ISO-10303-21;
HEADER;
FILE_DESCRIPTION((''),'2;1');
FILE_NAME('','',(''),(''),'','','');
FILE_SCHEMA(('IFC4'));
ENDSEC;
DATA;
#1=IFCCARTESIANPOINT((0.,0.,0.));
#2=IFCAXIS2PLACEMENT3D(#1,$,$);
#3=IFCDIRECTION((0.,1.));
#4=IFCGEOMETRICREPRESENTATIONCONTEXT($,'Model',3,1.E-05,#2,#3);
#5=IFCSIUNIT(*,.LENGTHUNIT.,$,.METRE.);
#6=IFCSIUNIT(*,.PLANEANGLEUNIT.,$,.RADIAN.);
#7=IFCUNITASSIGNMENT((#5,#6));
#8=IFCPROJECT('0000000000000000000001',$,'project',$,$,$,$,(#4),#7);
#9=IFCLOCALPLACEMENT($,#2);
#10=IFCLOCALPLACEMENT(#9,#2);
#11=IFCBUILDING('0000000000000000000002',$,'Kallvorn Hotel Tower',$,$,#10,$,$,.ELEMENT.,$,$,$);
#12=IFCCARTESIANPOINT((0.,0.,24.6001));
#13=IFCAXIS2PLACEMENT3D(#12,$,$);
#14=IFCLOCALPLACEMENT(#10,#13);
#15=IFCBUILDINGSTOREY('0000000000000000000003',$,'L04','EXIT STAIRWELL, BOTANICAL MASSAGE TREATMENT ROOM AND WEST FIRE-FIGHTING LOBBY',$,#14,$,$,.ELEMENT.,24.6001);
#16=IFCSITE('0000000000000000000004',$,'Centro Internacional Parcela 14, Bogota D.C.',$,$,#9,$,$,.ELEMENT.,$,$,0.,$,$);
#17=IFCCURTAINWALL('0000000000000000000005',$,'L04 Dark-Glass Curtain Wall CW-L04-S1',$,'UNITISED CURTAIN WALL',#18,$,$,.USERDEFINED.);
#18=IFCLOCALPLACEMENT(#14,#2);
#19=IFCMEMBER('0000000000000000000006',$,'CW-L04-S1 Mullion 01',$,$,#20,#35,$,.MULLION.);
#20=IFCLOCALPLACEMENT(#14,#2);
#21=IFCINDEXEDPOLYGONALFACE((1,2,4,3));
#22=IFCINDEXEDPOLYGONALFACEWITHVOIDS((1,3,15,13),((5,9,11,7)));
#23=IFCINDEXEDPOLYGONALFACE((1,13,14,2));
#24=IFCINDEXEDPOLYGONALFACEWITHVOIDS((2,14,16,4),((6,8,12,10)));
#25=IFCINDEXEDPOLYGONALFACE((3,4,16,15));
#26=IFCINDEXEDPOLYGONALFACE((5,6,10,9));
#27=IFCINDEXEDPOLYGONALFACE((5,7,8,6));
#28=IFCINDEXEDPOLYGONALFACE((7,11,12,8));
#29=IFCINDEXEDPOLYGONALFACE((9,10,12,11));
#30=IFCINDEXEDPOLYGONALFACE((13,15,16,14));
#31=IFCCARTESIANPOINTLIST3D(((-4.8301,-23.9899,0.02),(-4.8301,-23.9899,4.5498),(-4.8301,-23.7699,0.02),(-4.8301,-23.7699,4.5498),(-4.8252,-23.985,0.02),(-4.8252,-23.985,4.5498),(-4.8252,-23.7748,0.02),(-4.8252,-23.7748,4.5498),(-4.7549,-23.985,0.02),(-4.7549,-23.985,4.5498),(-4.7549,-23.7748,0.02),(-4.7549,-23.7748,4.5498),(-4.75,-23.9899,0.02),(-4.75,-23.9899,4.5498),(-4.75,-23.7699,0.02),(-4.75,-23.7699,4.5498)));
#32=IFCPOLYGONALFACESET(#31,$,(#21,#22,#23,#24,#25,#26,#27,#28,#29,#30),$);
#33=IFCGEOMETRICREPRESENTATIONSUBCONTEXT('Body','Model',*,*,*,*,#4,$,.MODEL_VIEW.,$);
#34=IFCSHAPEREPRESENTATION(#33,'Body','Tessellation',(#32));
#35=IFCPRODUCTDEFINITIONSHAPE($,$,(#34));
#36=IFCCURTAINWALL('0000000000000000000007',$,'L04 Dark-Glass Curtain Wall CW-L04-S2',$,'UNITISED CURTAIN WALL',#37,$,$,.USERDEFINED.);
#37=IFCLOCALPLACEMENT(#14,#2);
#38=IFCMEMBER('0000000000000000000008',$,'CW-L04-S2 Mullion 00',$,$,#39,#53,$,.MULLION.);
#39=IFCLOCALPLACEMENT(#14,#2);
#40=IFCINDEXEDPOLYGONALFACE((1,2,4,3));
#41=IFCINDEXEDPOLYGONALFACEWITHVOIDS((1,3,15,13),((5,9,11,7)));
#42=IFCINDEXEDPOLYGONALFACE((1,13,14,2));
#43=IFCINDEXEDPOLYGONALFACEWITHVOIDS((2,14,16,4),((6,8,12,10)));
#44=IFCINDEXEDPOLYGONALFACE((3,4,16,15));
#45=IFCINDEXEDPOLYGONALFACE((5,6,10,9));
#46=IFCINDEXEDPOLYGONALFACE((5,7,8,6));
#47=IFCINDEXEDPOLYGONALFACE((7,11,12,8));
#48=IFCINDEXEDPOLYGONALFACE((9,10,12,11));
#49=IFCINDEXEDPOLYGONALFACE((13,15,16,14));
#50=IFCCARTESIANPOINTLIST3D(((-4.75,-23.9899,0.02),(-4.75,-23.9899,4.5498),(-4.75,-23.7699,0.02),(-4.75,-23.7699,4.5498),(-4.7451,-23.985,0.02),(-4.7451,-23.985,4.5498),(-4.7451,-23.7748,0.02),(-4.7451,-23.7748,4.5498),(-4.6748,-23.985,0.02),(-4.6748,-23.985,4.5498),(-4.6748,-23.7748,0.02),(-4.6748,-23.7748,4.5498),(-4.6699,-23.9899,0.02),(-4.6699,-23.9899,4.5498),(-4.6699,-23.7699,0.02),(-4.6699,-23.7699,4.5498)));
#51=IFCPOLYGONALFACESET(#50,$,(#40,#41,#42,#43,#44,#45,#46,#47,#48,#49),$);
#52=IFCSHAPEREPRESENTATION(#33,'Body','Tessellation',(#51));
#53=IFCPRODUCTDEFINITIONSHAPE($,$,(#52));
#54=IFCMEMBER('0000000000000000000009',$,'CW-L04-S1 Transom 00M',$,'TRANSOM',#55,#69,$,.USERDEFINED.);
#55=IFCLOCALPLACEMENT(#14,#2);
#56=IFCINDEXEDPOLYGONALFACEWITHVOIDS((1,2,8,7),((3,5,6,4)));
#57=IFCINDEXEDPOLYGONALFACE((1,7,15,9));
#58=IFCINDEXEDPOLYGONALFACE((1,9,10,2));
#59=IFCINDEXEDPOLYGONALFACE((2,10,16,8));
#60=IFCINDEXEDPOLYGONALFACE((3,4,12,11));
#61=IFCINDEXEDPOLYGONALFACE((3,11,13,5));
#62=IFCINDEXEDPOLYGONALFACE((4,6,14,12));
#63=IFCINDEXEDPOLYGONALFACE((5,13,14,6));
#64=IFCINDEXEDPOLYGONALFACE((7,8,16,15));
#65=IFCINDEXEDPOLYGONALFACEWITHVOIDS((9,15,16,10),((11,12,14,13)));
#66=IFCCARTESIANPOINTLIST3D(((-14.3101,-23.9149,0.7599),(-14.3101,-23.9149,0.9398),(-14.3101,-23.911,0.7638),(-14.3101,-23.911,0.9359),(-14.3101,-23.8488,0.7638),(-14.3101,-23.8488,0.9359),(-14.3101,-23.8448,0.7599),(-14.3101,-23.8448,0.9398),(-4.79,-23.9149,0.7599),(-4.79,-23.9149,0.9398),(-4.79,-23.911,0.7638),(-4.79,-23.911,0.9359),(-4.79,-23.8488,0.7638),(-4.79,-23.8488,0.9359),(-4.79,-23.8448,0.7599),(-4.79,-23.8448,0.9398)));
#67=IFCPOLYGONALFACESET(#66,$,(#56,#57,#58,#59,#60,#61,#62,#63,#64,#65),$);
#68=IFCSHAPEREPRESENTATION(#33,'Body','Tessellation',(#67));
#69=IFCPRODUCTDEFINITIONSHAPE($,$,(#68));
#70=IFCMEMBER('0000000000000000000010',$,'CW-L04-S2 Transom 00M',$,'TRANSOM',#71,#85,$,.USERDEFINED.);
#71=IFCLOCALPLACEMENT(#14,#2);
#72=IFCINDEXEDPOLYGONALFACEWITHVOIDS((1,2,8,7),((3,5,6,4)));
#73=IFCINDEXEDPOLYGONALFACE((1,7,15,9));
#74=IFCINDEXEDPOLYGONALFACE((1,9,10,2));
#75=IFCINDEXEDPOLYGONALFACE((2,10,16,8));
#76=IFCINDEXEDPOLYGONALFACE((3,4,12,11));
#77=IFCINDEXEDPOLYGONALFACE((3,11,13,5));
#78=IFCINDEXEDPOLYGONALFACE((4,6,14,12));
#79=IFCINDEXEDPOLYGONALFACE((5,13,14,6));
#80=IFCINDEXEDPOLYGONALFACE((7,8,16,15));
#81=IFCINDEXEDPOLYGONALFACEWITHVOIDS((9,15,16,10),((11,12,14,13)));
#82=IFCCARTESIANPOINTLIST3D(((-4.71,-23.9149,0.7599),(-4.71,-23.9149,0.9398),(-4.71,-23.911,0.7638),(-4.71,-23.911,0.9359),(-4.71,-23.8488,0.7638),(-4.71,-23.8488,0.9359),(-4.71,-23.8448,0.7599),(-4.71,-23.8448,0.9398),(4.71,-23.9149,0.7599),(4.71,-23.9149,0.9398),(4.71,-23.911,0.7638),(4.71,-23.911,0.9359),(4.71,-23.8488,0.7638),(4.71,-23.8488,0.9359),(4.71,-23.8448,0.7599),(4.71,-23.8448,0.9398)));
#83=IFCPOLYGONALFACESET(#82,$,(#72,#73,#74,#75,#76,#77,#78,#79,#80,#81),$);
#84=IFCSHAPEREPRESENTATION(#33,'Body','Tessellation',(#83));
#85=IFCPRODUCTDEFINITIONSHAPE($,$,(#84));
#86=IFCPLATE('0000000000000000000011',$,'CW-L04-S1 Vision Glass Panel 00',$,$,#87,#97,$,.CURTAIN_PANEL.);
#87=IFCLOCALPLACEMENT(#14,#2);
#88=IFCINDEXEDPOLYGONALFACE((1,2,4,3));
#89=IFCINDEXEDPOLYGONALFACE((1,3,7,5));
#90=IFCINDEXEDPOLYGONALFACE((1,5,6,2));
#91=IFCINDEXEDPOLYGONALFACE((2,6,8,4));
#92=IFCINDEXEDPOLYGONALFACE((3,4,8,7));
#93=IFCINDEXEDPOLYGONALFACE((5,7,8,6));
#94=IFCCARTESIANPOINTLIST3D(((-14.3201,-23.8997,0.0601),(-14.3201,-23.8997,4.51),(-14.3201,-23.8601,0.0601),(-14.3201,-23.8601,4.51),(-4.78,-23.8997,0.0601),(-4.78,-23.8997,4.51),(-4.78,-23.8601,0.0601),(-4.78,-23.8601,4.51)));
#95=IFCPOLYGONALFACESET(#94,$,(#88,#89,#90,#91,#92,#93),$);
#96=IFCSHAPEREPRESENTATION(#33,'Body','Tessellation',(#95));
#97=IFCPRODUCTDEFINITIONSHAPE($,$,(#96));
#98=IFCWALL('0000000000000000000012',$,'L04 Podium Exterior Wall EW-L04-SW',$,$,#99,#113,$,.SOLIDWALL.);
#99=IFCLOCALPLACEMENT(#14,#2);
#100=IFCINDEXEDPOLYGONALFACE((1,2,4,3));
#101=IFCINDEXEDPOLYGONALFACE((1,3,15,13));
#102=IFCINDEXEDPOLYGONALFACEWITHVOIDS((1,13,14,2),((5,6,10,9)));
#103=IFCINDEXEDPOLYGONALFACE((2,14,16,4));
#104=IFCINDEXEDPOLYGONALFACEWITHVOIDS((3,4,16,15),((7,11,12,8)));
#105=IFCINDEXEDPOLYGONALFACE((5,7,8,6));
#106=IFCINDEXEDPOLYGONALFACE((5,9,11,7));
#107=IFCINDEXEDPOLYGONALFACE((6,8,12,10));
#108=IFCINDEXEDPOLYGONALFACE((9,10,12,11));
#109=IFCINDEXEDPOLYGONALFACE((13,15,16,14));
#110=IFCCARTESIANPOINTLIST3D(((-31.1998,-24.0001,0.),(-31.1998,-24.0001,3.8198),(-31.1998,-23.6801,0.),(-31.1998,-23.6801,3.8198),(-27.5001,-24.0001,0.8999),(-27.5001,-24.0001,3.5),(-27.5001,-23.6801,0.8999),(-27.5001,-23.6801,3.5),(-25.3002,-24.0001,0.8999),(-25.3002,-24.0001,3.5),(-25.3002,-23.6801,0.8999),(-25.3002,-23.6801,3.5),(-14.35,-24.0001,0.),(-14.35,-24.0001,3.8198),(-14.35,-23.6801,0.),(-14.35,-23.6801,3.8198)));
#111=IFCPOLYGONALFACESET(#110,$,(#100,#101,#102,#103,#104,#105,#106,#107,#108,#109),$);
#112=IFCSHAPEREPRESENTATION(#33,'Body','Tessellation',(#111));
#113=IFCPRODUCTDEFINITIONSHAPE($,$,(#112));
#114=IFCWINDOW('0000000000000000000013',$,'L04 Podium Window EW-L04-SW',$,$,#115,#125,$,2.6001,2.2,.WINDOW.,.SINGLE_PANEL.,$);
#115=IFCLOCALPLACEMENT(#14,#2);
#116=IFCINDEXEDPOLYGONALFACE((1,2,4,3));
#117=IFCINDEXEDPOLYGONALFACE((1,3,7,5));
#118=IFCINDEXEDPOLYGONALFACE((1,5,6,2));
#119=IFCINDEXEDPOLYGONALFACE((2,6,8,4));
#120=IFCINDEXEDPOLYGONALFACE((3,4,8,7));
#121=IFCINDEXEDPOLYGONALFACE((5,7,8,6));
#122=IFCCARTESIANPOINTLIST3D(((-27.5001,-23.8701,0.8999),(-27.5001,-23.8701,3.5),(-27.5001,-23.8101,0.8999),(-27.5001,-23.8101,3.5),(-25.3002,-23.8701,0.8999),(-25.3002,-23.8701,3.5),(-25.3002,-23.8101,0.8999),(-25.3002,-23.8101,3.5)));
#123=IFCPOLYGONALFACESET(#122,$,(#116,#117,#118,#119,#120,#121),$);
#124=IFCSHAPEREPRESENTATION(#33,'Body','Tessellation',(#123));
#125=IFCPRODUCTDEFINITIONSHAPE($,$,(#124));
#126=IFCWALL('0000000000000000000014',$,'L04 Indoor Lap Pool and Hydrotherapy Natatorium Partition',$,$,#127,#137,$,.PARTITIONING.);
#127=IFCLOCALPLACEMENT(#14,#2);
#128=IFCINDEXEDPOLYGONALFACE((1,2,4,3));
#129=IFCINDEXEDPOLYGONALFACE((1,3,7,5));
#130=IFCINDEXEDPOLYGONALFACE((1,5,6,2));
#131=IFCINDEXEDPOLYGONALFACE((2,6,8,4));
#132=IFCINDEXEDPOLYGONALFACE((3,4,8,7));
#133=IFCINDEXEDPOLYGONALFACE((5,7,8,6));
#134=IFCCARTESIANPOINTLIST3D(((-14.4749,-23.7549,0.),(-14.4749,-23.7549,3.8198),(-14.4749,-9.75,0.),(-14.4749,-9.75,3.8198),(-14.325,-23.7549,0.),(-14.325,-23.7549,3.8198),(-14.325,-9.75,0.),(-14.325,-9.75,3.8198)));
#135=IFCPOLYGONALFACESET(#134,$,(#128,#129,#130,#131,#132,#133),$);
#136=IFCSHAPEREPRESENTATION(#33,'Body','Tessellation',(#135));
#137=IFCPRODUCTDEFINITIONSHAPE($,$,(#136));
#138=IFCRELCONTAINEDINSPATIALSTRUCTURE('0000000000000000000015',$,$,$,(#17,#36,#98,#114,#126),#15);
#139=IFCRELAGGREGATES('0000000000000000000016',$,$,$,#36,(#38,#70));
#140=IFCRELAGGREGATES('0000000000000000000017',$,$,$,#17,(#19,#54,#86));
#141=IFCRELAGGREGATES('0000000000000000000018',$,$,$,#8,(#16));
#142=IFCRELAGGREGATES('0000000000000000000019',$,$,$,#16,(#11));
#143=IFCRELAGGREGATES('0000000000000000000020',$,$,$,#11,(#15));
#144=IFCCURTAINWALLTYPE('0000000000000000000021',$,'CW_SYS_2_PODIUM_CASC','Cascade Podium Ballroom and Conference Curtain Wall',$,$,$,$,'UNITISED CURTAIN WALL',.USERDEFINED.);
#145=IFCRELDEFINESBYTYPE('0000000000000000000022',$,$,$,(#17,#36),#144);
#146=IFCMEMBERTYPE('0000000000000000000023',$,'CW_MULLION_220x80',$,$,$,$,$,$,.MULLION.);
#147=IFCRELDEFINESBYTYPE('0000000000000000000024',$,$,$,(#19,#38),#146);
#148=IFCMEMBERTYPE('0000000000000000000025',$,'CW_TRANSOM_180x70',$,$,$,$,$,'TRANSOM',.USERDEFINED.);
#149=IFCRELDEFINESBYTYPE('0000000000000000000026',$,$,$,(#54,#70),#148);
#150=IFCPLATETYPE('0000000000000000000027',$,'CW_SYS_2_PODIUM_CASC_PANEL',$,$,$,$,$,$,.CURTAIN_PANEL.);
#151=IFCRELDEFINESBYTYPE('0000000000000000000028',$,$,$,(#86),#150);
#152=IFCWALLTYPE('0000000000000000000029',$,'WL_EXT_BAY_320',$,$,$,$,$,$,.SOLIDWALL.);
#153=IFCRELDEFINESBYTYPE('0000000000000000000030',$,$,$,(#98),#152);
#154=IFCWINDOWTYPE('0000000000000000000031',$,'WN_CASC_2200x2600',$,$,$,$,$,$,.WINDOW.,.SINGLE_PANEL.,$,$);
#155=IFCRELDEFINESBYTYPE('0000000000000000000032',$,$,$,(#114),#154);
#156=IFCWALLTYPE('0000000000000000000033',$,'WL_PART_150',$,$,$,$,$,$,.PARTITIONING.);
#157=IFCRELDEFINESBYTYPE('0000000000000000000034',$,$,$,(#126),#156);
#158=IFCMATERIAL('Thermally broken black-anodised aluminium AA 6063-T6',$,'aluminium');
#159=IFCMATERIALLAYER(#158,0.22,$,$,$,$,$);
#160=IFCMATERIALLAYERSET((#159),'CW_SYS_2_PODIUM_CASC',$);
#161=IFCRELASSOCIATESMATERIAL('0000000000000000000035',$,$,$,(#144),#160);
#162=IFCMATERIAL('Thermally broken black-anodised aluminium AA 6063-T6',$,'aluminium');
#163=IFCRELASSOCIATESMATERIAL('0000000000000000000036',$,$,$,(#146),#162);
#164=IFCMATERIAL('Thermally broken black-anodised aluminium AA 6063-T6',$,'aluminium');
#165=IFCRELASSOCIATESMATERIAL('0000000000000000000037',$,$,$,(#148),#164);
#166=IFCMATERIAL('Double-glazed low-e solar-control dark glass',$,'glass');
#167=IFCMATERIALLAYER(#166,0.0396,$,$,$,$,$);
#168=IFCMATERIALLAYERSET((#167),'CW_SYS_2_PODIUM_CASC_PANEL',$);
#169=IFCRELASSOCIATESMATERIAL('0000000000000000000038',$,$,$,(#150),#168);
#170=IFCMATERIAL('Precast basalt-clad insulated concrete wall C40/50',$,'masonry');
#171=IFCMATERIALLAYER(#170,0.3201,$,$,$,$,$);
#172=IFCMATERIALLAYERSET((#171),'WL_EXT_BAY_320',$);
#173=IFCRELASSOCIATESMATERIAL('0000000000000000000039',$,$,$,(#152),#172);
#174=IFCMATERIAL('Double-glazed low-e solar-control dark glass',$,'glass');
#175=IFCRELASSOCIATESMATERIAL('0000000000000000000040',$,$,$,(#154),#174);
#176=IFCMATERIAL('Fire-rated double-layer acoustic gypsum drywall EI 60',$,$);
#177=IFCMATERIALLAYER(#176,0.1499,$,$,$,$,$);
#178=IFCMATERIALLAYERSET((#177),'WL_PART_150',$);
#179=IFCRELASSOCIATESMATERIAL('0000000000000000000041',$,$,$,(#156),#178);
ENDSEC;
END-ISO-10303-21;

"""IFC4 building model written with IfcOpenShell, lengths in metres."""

from ifc_helpers import new_model, si_unit, direction, frame, frame_2d, origin, origin_2d, place, context, subcontext, project, spatial, rectangle, hollow_rectangle, extrude, material, layer, layer_set, material_profile, profile_set, type_object, element, fill, aggregate, save


model = new_model("IFC4")

# Units and contexts
model_context = context("Model", 3, precision=1e-05, world=origin(), true_north=direction((0.0, 1.0)))
body_context = subcontext(model_context, "Body", "Model", "MODEL_VIEW")
ifc_project = project(units=[si_unit("LENGTHUNIT", "METRE"), si_unit("PLANEANGLEUNIT", "RADIAN")], contexts=[model_context])

# Site, building, storey
site_placement = place(None, origin())
site = spatial("IfcSite", under=ifc_project, at=site_placement, Name="Centro Internacional Parcela 14, Bogota D.C.", CompositionType="ELEMENT", RefElevation=0.0)
building_placement = place(site_placement, origin())
building = spatial("IfcBuilding", under=site, at=building_placement, Name="Kallvorn Hotel Tower", CompositionType="ELEMENT")
storey_placement = place(building_placement, frame((0.0, 0.0, 24.6001)))
storey = spatial("IfcBuildingStorey", under=building, at=storey_placement, Name="L04", Description="EXIT STAIRWELL, BOTANICAL MASSAGE TREATMENT ROOM AND WEST FIRE-FIGHTING LOBBY", CompositionType="ELEMENT", Elevation=24.6001)

# Curtain wall, member
ifc_material_1 = material(Name="Thermally broken black-anodised aluminium AA 6063-T6", Category="aluminium")
ifc_layer_1 = layer(ifc_material_1, 0.22)
ifc_layer_set_1 = layer_set([ifc_layer_1], Name="CW_SYS_2_PODIUM_CASC")
curtain_wall_type = type_object("IfcCurtainWallType", Name="CW_SYS_2_PODIUM_CASC", Description="Cascade Podium Ballroom and Conference Curtain Wall", ElementType="UNITISED CURTAIN WALL", PredefinedType="USERDEFINED", material=ifc_layer_set_1)
curtain_wall_1_placement = place(storey_placement, origin())
curtain_wall_1 = element("IfcCurtainWall", 1, at=curtain_wall_1_placement, inside=storey, type_object=curtain_wall_type, Name="L04 Dark-Glass Curtain Wall CW-L04-S1", ObjectType="UNITISED CURTAIN WALL", PredefinedType="USERDEFINED")
ifc_material_2 = material(Name="Thermally broken black-anodised aluminium AA 6063-T6", Category="aluminium")
ifc_material_profile_1 = material_profile(ifc_material_2, hollow_rectangle(XDim=0.0801, YDim=0.22, WallThickness=0.0049, at=origin_2d()), Name="MUL 220x80")
ifc_profile_set_1 = profile_set([ifc_material_profile_1], Name="Thermally broken black-anodised aluminium AA 6063-T6")
member_type_1 = type_object("IfcMemberType", Name="CW_MULLION_220x80", PredefinedType="MULLION", material=ifc_profile_set_1)
member_1_placement = place(storey_placement, frame((-4.79, -23.8799, 0.02), z_axis=(0.0, 0.0, 1.0), x_axis=(1.0, 0.0, 0.0)))
member_1 = element("IfcMember", 2, at=member_1_placement, type_object=member_type_1, Name="CW-L04-S1 Mullion 01", PredefinedType="MULLION", context=body_context, shape_type="SweptSolid", body=[
    extrude(hollow_rectangle(XDim=0.0801, YDim=0.22, WallThickness=0.0049, at=origin_2d()), origin(), (0.0, 0.0, 1.0), 4.5298),
])

# Curtain wall, member
curtain_wall_2_placement = place(storey_placement, origin())
curtain_wall_2 = element("IfcCurtainWall", 3, at=curtain_wall_2_placement, inside=storey, type_object=curtain_wall_type, Name="L04 Dark-Glass Curtain Wall CW-L04-S2", ObjectType="UNITISED CURTAIN WALL", PredefinedType="USERDEFINED")
member_2_placement = place(storey_placement, frame((-4.71, -23.8799, 0.02), z_axis=(0.0, 0.0, 1.0), x_axis=(1.0, 0.0, 0.0)))
member_2 = element("IfcMember", 4, at=member_2_placement, type_object=member_type_1, Name="CW-L04-S2 Mullion 00", PredefinedType="MULLION", context=body_context, shape_type="SweptSolid", body=[
    extrude(hollow_rectangle(XDim=0.0801, YDim=0.22, WallThickness=0.0049, at=origin_2d()), origin(), (0.0, 0.0, 1.0), 4.5298),
])

# Members
ifc_material_3 = material(Name="Thermally broken black-anodised aluminium AA 6063-T6", Category="aluminium")
ifc_material_profile_2 = material_profile(ifc_material_3, hollow_rectangle(XDim=0.0701, YDim=0.1799, WallThickness=0.0039, at=origin_2d()), Name="TRN 180x70")
ifc_profile_set_2 = profile_set([ifc_material_profile_2], Name="Thermally broken black-anodised aluminium AA 6063-T6")
member_type_2 = type_object("IfcMemberType", Name="CW_TRANSOM_180x70", ElementType="TRANSOM", PredefinedType="USERDEFINED", material=ifc_profile_set_2)
member_3_placement = place(storey_placement, frame((-14.3101, -23.8799, 0.8499), z_axis=(1.0, 0.0, 0.0), x_axis=(0.0, 1.0, 0.0)))
member_3 = element("IfcMember", 5, at=member_3_placement, type_object=member_type_2, Name="CW-L04-S1 Transom 00M", ObjectType="TRANSOM", PredefinedType="USERDEFINED", context=body_context, shape_type="SweptSolid", body=[
    extrude(hollow_rectangle(XDim=0.0701, YDim=0.1799, WallThickness=0.0039, at=origin_2d()), origin(), (0.0, 0.0, 1.0), 9.52),
])
member_4_placement = place(storey_placement, frame((-4.71, -23.8799, 0.8499), z_axis=(1.0, 0.0, 0.0), x_axis=(0.0, 1.0, 0.0)))
member_4 = element("IfcMember", 6, at=member_4_placement, type_object=member_type_2, Name="CW-L04-S2 Transom 00M", ObjectType="TRANSOM", PredefinedType="USERDEFINED", context=body_context, shape_type="SweptSolid", body=[
    extrude(hollow_rectangle(XDim=0.0701, YDim=0.1799, WallThickness=0.0039, at=origin_2d()), origin(), (0.0, 0.0, 1.0), 9.4199),
])
aggregate(curtain_wall_2, [member_2, member_4])

# Plate
ifc_material_4 = material(Name="Double-glazed low-e solar-control dark glass", Category="glass")
ifc_layer_2 = layer(ifc_material_4, 0.0396)
ifc_layer_set_2 = layer_set([ifc_layer_2], Name="CW_SYS_2_PODIUM_CASC_PANEL")
plate_type = type_object("IfcPlateType", Name="CW_SYS_2_PODIUM_CASC_PANEL", PredefinedType="CURTAIN_PANEL", material=ifc_layer_set_2)
plate_placement = place(storey_placement, frame((-9.55, -23.8799, 0.0601), z_axis=(0.0, 0.0, 1.0), x_axis=(1.0, 0.0, 0.0)))
plate = element("IfcPlate", 7, at=plate_placement, type_object=plate_type, Name="CW-L04-S1 Vision Glass Panel 00", PredefinedType="CURTAIN_PANEL", context=body_context, shape_type="SweptSolid", body=[
    extrude(rectangle(XDim=9.54, YDim=0.0396, at=origin_2d()), origin(), (0.0, 0.0, 1.0), 4.45),
])
aggregate(curtain_wall_1, [member_1, member_3, plate])

# Wall, opening, window
ifc_material_5 = material(Name="Precast basalt-clad insulated concrete wall C40/50", Category="masonry")
ifc_layer_3 = layer(ifc_material_5, 0.3201)
ifc_layer_set_3 = layer_set([ifc_layer_3], Name="WL_EXT_BAY_320")
wall_type_1 = type_object("IfcWallType", Name="WL_EXT_BAY_320", PredefinedType="SOLIDWALL", material=ifc_layer_set_3)
wall_1_placement = place(storey_placement, frame((-14.3501, -23.8401, 0.0), z_axis=(0.0, 0.0, 1.0), x_axis=(-1.0, 0.0, 0.0)))
wall_1 = element("IfcWall", 8, at=wall_1_placement, inside=storey, type_object=wall_type_1, Name="L04 Podium Exterior Wall EW-L04-SW", PredefinedType="SOLIDWALL", context=body_context, shape_type="SweptSolid", body=[
    extrude(rectangle(XDim=16.8499, YDim=0.3201, at=frame_2d((8.4248, 0.0))), origin(), (0.0, 0.0, 1.0), 3.8198),
])
opening_placement = place(wall_1_placement, frame((10.95, 0.0, 0.8999)))
opening = element("IfcOpeningElement", 9, at=opening_placement, cuts=wall_1, PredefinedType="OPENING", context=body_context, shape_type="SweptSolid", body=[
    extrude(rectangle(XDim=2.2, YDim=2.6001, at=frame_2d((1.1001, 1.3))), frame((0.0, 0.175, 0.0), z_axis=(0.0, -1.0, 0.0), x_axis=(1.0, 0.0, 0.0)), (0.0, 0.0, 1.0), 0.3501),
])
ifc_material_6 = material(Name="Double-glazed low-e solar-control dark glass", Category="glass")
window_type = type_object("IfcWindowType", Name="WN_CASC_2200x2600", PartitioningType="SINGLE_PANEL", PredefinedType="WINDOW", material=ifc_material_6)
window_placement = place(opening_placement, origin())
window = element("IfcWindow", 10, at=window_placement, inside=storey, type_object=window_type, Name="L04 Podium Window EW-L04-SW", OverallHeight=2.6001, OverallWidth=2.2, PartitioningType="SINGLE_PANEL", PredefinedType="WINDOW", context=body_context, shape_type="SweptSolid", body=[
    extrude(rectangle(XDim=2.2, YDim=2.6001, at=frame_2d((1.1001, 1.3))), frame((0.0, 0.03, 0.0), z_axis=(0.0, -1.0, 0.0), x_axis=(1.0, 0.0, 0.0)), (0.0, 0.0, 1.0), 0.0601),
])
fill(opening, window)

# Wall
ifc_material_7 = material(Name="Fire-rated double-layer acoustic gypsum drywall EI 60")
ifc_layer_4 = layer(ifc_material_7, 0.1499)
ifc_layer_set_4 = layer_set([ifc_layer_4], Name="WL_PART_150")
wall_type_2 = type_object("IfcWallType", Name="WL_PART_150", PredefinedType="PARTITIONING", material=ifc_layer_set_4)
wall_2_placement = place(storey_placement, frame((-14.3999, -23.7549, 0.0), z_axis=(0.0, 0.0, 1.0), x_axis=(0.0, 1.0, 0.0)))
element("IfcWall", 11, at=wall_2_placement, inside=storey, type_object=wall_type_2, Name="L04 Indoor Lap Pool and Hydrotherapy Natatorium Partition", PredefinedType="PARTITIONING", context=body_context, shape_type="SweptSolid", body=[
    extrude(rectangle(XDim=14.0049, YDim=0.1499, at=frame_2d((7.0024, 0.0))), origin(), (0.0, 0.0, 1.0), 3.8198),
])

save(model, "model.ifc")
